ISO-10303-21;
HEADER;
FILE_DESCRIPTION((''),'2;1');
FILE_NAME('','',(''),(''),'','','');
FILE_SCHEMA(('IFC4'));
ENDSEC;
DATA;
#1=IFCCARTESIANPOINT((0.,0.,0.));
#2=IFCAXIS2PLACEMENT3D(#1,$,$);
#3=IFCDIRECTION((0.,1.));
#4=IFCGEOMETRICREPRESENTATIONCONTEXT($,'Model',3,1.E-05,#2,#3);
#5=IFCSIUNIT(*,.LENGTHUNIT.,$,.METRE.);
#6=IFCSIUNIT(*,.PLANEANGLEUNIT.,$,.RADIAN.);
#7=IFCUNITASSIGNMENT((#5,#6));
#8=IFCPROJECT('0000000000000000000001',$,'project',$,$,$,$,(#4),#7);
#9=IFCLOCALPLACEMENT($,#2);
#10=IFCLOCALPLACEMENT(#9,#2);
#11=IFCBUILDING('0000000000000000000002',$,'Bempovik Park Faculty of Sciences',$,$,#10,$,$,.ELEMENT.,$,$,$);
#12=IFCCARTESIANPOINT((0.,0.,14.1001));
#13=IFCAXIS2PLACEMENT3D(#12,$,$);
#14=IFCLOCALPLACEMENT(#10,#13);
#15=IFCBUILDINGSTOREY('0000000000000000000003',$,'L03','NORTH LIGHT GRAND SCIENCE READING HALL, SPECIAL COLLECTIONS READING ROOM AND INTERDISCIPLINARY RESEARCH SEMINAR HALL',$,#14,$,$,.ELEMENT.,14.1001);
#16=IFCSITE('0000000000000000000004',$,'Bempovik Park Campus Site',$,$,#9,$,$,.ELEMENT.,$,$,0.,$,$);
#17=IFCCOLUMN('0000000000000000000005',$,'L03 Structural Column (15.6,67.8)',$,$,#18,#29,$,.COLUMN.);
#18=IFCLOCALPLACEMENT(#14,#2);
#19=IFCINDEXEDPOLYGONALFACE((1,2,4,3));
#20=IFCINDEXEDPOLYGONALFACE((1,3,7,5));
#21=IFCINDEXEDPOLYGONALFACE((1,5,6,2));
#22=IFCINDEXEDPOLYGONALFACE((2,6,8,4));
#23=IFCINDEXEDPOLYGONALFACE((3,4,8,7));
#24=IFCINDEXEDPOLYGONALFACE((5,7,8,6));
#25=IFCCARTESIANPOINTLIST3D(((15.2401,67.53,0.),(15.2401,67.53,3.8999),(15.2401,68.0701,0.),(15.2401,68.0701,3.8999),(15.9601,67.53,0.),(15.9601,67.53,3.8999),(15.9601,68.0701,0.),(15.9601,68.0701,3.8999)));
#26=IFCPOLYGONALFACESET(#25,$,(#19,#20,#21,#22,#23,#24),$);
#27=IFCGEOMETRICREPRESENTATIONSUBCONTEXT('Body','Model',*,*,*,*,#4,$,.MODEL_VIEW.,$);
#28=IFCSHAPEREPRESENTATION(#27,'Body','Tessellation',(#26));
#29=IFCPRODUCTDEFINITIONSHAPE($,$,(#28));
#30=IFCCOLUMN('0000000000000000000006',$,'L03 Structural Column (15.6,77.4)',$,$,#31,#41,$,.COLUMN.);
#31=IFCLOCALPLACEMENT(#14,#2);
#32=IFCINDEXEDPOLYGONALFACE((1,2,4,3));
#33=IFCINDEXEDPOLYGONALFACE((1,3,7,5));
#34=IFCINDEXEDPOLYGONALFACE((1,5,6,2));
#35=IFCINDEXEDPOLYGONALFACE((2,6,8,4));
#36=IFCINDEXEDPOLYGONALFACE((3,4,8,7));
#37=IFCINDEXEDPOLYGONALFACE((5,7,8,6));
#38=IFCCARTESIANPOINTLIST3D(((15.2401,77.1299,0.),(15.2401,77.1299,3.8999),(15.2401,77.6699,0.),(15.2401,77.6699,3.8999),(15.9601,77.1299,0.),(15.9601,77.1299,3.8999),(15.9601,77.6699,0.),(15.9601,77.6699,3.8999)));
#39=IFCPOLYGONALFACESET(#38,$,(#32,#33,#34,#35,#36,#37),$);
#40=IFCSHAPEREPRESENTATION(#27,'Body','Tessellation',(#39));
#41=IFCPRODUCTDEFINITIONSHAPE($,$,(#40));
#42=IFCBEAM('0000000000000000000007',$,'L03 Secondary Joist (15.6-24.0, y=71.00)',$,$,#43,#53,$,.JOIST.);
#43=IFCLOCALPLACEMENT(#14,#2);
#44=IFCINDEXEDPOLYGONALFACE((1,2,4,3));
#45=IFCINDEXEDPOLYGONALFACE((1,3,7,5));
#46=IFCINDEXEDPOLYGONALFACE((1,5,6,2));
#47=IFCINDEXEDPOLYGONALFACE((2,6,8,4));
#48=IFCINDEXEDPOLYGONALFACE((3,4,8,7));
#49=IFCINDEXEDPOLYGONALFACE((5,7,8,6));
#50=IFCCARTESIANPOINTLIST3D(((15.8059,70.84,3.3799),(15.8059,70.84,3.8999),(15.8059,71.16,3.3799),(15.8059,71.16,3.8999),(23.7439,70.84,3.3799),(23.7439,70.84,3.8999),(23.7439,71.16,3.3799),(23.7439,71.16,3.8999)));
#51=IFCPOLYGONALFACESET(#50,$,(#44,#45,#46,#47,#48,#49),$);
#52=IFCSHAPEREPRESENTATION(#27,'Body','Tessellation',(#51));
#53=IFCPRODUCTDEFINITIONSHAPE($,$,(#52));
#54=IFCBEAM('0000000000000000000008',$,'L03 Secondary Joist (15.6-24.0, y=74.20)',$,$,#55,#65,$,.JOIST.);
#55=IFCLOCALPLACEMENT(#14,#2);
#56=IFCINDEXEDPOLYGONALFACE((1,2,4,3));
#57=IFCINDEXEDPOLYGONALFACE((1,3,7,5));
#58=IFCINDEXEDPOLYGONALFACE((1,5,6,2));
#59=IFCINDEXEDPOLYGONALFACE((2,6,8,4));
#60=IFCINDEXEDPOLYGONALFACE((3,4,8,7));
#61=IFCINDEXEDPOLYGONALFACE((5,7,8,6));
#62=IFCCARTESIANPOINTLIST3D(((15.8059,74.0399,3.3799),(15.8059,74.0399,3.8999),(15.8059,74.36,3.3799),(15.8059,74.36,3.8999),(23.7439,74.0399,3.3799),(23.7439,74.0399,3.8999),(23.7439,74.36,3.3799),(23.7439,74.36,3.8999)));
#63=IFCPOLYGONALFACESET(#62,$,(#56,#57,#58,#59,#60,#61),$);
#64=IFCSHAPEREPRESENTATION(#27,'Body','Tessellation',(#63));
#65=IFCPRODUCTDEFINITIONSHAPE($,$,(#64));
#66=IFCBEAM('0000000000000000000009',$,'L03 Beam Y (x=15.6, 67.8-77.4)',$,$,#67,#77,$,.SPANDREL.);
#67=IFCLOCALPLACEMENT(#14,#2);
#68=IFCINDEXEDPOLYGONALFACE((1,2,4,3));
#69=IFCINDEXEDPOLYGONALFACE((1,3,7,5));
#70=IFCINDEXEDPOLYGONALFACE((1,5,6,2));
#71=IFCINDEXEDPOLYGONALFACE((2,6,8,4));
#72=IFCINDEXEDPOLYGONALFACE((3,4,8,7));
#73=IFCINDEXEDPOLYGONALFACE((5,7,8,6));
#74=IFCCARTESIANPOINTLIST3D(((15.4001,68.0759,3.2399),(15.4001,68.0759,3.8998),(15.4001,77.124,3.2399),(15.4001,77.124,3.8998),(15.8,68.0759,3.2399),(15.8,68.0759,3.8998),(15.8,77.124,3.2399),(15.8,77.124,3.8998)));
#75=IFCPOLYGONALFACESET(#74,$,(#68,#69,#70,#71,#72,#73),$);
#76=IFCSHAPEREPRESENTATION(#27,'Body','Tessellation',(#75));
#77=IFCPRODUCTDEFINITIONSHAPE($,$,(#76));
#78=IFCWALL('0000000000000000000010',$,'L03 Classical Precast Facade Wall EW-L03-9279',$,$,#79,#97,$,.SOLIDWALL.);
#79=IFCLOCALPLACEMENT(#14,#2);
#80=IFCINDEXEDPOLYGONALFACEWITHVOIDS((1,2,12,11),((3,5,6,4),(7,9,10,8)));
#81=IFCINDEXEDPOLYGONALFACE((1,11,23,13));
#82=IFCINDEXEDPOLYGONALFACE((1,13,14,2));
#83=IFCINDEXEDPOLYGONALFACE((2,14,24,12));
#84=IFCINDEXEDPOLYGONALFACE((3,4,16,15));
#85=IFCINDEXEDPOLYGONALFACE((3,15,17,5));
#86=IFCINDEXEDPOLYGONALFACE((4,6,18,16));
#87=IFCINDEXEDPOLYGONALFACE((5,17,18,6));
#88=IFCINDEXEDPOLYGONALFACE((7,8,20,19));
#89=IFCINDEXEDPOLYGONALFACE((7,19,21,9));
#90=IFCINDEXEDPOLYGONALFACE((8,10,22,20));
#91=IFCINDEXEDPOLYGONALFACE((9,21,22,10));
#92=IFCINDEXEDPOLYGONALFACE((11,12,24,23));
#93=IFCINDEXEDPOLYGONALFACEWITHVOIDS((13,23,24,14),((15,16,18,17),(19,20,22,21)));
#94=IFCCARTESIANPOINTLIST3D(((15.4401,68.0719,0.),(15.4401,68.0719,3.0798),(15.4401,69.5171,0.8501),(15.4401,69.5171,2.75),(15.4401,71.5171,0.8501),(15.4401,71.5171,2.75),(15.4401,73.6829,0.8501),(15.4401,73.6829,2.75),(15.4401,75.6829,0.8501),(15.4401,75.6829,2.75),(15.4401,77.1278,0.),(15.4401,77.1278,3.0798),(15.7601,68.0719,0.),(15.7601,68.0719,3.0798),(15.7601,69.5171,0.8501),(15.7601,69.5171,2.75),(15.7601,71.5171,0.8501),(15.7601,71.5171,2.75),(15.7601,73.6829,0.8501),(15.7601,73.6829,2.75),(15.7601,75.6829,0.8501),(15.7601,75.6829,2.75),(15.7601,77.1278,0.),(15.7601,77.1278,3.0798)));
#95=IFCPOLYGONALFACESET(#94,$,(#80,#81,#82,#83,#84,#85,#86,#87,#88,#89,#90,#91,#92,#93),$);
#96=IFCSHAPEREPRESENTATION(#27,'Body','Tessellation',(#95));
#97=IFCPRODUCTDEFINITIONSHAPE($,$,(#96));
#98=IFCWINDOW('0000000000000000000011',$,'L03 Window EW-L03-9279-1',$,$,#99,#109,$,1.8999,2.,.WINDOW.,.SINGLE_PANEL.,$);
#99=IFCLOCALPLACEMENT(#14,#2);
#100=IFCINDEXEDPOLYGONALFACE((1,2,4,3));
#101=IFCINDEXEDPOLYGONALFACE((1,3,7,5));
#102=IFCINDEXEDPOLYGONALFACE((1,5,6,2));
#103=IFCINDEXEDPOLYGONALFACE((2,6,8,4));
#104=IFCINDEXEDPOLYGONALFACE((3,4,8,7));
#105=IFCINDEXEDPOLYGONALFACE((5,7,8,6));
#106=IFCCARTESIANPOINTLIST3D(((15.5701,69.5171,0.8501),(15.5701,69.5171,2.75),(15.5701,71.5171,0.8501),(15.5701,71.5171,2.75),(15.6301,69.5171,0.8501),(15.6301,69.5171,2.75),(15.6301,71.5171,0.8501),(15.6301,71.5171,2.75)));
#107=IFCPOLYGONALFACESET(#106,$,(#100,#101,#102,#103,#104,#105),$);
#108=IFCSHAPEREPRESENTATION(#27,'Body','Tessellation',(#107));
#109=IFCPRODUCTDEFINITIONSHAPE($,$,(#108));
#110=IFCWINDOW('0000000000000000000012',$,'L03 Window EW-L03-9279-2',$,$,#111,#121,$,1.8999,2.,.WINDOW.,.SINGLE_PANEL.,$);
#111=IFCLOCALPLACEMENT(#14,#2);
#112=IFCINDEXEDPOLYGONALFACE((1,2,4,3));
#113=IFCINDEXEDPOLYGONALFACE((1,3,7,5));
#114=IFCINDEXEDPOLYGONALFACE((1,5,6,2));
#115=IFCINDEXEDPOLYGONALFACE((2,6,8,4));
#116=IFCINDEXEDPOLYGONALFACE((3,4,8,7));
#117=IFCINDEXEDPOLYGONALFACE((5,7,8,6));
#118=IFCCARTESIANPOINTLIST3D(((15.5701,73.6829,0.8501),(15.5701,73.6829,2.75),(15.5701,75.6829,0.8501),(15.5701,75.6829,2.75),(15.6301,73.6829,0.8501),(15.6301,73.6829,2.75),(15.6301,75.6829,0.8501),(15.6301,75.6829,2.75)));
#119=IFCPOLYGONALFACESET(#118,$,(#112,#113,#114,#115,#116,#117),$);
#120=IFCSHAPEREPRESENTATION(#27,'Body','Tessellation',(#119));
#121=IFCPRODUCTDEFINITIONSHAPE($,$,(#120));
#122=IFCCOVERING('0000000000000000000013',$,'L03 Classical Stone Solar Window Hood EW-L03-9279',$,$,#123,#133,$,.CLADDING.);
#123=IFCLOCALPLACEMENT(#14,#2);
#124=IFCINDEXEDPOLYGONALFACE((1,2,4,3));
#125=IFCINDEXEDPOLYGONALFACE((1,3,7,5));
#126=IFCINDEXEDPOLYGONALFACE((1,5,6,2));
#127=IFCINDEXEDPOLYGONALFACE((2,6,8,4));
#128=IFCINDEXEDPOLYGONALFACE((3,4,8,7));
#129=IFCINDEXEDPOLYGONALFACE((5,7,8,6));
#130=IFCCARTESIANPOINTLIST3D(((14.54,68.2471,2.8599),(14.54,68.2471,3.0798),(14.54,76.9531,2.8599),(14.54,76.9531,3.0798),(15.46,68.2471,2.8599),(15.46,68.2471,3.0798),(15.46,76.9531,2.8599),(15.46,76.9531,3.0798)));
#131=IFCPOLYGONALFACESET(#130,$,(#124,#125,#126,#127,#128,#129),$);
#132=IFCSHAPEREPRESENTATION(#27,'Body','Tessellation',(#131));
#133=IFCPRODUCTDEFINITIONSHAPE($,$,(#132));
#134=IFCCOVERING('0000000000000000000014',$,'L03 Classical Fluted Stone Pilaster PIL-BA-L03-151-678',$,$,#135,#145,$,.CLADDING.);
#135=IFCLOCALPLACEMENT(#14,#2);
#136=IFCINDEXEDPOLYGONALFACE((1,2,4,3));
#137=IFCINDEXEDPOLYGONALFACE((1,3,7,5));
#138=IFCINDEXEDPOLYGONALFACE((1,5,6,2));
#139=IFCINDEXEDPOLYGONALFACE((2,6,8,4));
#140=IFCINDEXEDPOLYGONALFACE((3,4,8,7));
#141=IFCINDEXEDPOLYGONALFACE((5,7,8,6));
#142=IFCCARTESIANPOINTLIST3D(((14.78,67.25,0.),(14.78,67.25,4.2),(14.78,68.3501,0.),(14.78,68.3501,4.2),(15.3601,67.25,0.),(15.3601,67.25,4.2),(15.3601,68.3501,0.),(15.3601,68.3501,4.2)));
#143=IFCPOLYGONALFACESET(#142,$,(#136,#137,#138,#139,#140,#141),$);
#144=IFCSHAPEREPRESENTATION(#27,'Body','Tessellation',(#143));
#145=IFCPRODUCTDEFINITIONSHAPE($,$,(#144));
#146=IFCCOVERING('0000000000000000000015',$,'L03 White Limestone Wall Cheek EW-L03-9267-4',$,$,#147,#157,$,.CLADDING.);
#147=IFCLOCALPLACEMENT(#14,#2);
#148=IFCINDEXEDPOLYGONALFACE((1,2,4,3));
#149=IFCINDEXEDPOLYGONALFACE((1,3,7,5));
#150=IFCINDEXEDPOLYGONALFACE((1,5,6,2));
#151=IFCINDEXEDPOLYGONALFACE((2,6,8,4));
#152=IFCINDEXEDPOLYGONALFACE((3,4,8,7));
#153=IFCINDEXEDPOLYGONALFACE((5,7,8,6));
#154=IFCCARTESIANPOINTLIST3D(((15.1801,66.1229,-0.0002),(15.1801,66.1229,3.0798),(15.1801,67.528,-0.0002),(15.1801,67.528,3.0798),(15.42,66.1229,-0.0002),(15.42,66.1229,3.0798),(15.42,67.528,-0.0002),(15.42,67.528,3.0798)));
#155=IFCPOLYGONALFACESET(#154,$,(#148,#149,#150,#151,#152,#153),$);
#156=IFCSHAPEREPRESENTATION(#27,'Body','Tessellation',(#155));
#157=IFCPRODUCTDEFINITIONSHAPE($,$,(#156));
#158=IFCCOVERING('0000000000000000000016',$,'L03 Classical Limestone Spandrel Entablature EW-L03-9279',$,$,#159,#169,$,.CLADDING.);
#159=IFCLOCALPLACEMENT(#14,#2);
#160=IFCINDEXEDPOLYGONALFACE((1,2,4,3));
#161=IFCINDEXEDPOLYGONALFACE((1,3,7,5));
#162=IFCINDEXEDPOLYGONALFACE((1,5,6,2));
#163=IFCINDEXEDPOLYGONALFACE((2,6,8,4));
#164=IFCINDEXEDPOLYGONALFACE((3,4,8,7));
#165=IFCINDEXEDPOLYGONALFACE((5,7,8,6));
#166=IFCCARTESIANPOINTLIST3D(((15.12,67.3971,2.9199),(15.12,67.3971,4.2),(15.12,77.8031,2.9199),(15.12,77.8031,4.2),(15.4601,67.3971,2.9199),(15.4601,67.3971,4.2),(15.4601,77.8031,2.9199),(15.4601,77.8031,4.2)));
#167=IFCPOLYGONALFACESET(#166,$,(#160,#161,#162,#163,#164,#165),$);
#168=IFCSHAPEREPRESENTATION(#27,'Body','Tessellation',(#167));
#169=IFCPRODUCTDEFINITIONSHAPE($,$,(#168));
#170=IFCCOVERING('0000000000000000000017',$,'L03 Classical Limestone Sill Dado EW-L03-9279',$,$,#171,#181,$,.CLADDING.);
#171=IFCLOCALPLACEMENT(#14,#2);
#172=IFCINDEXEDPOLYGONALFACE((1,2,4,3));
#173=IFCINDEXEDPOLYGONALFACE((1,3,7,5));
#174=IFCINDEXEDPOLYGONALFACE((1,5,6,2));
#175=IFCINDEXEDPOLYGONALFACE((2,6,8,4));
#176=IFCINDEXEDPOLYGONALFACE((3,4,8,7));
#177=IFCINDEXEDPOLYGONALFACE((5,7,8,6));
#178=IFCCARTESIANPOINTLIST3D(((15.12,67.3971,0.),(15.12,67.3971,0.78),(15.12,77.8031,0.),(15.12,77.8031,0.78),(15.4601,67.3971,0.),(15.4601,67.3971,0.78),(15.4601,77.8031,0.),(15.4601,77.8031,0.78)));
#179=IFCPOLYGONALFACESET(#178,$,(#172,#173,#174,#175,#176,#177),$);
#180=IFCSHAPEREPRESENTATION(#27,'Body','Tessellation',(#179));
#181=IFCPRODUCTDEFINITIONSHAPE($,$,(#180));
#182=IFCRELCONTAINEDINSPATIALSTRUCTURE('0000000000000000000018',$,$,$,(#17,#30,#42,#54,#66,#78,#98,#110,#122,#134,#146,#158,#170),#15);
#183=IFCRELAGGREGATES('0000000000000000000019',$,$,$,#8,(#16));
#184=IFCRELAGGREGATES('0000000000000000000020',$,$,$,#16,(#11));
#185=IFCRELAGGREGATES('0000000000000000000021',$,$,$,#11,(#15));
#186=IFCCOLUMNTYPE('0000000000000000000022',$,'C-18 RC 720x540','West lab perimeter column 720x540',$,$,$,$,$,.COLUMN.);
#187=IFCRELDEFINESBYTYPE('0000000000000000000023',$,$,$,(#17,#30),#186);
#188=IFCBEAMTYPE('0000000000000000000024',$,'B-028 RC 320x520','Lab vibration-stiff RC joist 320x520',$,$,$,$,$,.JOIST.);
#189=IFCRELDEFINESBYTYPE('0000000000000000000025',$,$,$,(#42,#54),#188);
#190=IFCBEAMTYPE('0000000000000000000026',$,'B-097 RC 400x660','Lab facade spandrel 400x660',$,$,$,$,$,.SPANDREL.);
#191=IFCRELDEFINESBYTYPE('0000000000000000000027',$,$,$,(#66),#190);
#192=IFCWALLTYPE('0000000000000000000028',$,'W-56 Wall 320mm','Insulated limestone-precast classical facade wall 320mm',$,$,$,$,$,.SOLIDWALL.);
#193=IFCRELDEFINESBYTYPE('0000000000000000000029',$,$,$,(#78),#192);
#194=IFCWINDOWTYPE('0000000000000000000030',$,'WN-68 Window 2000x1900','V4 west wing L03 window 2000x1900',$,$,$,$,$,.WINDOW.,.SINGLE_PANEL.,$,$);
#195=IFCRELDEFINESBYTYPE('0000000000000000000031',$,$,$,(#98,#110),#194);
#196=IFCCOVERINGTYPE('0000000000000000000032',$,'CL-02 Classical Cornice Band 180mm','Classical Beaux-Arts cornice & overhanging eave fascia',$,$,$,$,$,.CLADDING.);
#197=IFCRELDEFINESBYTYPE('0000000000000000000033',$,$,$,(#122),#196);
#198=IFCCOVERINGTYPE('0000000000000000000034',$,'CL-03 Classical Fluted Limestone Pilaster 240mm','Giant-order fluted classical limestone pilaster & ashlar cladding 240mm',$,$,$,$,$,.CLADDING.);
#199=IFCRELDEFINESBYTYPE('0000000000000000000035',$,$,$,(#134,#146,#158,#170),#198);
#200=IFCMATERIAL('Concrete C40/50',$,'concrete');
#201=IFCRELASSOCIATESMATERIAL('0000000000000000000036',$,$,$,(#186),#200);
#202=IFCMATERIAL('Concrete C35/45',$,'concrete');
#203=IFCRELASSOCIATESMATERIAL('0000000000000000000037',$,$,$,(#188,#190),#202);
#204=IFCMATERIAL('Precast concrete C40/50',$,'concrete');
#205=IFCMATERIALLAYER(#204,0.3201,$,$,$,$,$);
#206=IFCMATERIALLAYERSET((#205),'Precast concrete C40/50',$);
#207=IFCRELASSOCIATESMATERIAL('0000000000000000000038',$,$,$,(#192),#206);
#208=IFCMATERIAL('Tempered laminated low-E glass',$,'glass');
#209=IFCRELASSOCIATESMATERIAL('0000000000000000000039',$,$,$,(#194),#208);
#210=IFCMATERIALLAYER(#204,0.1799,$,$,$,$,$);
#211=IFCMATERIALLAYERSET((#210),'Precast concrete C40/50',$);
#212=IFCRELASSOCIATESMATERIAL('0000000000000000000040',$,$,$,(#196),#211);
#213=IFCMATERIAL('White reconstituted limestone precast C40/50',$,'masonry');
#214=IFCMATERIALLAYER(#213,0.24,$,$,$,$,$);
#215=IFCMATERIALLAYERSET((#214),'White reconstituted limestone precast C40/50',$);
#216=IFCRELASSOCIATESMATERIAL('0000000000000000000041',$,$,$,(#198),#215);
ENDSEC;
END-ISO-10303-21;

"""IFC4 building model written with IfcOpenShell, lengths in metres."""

from ifc_helpers import new_model, si_unit, direction, frame, frame_2d, origin, origin_2d, place, context, subcontext, project, spatial, rectangle, extrude, material, layer, layer_set, material_profile, profile_set, type_object, element, fill, save


model = new_model("IFC4")

# Units and contexts
model_context = context("Model", 3, precision=1e-05, world=origin(), true_north=direction((0.0, 1.0)))
body_context = subcontext(model_context, "Body", "Model", "MODEL_VIEW")
ifc_project = project(units=[si_unit("LENGTHUNIT", "METRE"), si_unit("PLANEANGLEUNIT", "RADIAN")], contexts=[model_context])

# Site, building, storey
site_placement = place(None, origin())
site = spatial("IfcSite", under=ifc_project, at=site_placement, Name="Bempovik Park Campus Site", CompositionType="ELEMENT", RefElevation=0.0)
building_placement = place(site_placement, origin())
building = spatial("IfcBuilding", under=site, at=building_placement, Name="Bempovik Park Faculty of Sciences", CompositionType="ELEMENT")
storey_placement = place(building_placement, frame((0.0, 0.0, 14.1001)))
storey = spatial("IfcBuildingStorey", under=building, at=storey_placement, Name="L03", Description="NORTH LIGHT GRAND SCIENCE READING HALL, SPECIAL COLLECTIONS READING ROOM AND INTERDISCIPLINARY RESEARCH SEMINAR HALL", CompositionType="ELEMENT", Elevation=14.1001)

# Columns
ifc_material_1 = material(Name="Concrete C40/50", Category="concrete")
ifc_material_profile_1 = material_profile(ifc_material_1, rectangle(XDim=0.72, YDim=0.54, at=origin_2d()), Name="RC 720x540")
ifc_profile_set_1 = profile_set([ifc_material_profile_1], Name="Concrete C40/50")
column_type = type_object("IfcColumnType", Name="C-18 RC 720x540", Description="West lab perimeter column 720x540", PredefinedType="COLUMN", material=ifc_profile_set_1)
for number, where, z_axis, x_axis, name in (
    (1, (15.6001, 67.8, 0.0), (0.0, 0.0, 1.0), (1.0, 0.0, 0.0), "L03 Structural Column (15.6,67.8)"),
    (2, (15.6001, 77.3999, 0.0), (0.0, 0.0, 1.0), (1.0, 0.0, 0.0), "L03 Structural Column (15.6,77.4)"),
):
    element("IfcColumn", number, at=place(storey_placement, frame(where, z_axis=z_axis, x_axis=x_axis)), inside=storey, type_object=column_type, Name=name, PredefinedType="COLUMN", context=body_context, shape_type="SweptSolid", body=[
        extrude(rectangle(XDim=0.72, YDim=0.54, at=origin_2d()), origin(), (0.0, 0.0, 1.0), 3.8999),
    ])

# Beams
ifc_material_2 = material(Name="Concrete C35/45", Category="concrete")
ifc_material_profile_2 = material_profile(ifc_material_2, rectangle(XDim=0.3201, YDim=0.52, at=origin_2d()), Name="RC 320x520")
ifc_profile_set_2 = profile_set([ifc_material_profile_2], Name="Concrete C35/45")
beam_type_1 = type_object("IfcBeamType", Name="B-028 RC 320x520", Description="Lab vibration-stiff RC joist 320x520", PredefinedType="JOIST", material=ifc_profile_set_2)
for number, where, z_axis, x_axis, name in (
    (3, (15.8059, 71.0, 3.6399), (1.0, 0.0, 0.0), (0.0, 1.0, 0.0), "L03 Secondary Joist (15.6-24.0, y=71.00)"),
    (4, (15.8059, 74.2, 3.6399), (1.0, 0.0, 0.0), (0.0, 1.0, 0.0), "L03 Secondary Joist (15.6-24.0, y=74.20)"),
):
    element("IfcBeam", number, at=place(storey_placement, frame(where, z_axis=z_axis, x_axis=x_axis)), inside=storey, type_object=beam_type_1, Name=name, PredefinedType="JOIST", context=body_context, shape_type="SweptSolid", body=[
        extrude(rectangle(XDim=0.3201, YDim=0.52, at=origin_2d()), origin(), (0.0, 0.0, 1.0), 7.938),
    ])
ifc_material_profile_3 = material_profile(ifc_material_2, rectangle(XDim=0.3999, YDim=0.6599, at=origin_2d()), Name="RC 400x660")
ifc_profile_set_3 = profile_set([ifc_material_profile_3], Name="Concrete C35/45")
beam_type_2 = type_object("IfcBeamType", Name="B-097 RC 400x660", Description="Lab facade spandrel 400x660", PredefinedType="SPANDREL", material=ifc_profile_set_3)
beam_placement = place(storey_placement, frame((15.6001, 68.0759, 3.5698), z_axis=(0.0, 1.0, 0.0), x_axis=(-1.0, 0.0, 0.0)))
element("IfcBeam", 5, at=beam_placement, inside=storey, type_object=beam_type_2, Name="L03 Beam Y (x=15.6, 67.8-77.4)", PredefinedType="SPANDREL", context=body_context, shape_type="SweptSolid", body=[
    extrude(rectangle(XDim=0.3999, YDim=0.6599, at=origin_2d()), origin(), (0.0, 0.0, 1.0), 9.0481),
])

# Wall, openings, windows
ifc_material_3 = material(Name="Precast concrete C40/50", Category="concrete")
ifc_layer_1 = layer(ifc_material_3, 0.3201)
ifc_layer_set_1 = layer_set([ifc_layer_1], Name="Precast concrete C40/50")
wall_type = type_object("IfcWallType", Name="W-56 Wall 320mm", Description="Insulated limestone-precast classical facade wall 320mm", PredefinedType="SOLIDWALL", material=ifc_layer_set_1)
wall_placement = place(storey_placement, frame((15.6001, 68.072, 0.0), z_axis=(0.0, 0.0, 1.0), x_axis=(0.0, 1.0, 0.0)))
wall = element("IfcWall", 6, at=wall_placement, inside=storey, type_object=wall_type, Name="L03 Classical Precast Facade Wall EW-L03-9279", PredefinedType="SOLIDWALL", context=body_context, shape_type="SweptSolid", body=[
    extrude(rectangle(XDim=9.0559, YDim=0.3201, at=frame_2d((4.5278, 0.0))), origin(), (0.0, 0.0, 1.0), 3.0798),
])
opening_1_placement = place(wall_placement, frame((1.4451, 0.0, 0.8501)))
opening_1 = element("IfcOpeningElement", 7, at=opening_1_placement, cuts=wall, PredefinedType="OPENING", context=body_context, shape_type="SweptSolid", body=[
    extrude(rectangle(XDim=2.0, YDim=1.8999, at=frame_2d((1.0, 0.95))), frame((0.0, 0.1699, 0.0), z_axis=(0.0, -1.0, 0.0), x_axis=(1.0, 0.0, 0.0)), (0.0, 0.0, 1.0), 0.3401),
])
opening_2_placement = place(wall_placement, frame((5.6108, 0.0, 0.8501)))
opening_2 = element("IfcOpeningElement", 8, at=opening_2_placement, cuts=wall, PredefinedType="OPENING", context=body_context, shape_type="SweptSolid", body=[
    extrude(rectangle(XDim=2.0, YDim=1.8999, at=frame_2d((1.0, 0.95))), frame((0.0, 0.1699, 0.0), z_axis=(0.0, -1.0, 0.0), x_axis=(1.0, 0.0, 0.0)), (0.0, 0.0, 1.0), 0.3401),
])
ifc_material_4 = material(Name="Tempered laminated low-E glass", Category="glass")
window_type = type_object("IfcWindowType", Name="WN-68 Window 2000x1900", Description="V4 west wing L03 window 2000x1900", PartitioningType="SINGLE_PANEL", PredefinedType="WINDOW", material=ifc_material_4)
window_1_placement = place(opening_1_placement, origin())
window_1 = element("IfcWindow", 9, at=window_1_placement, inside=storey, type_object=window_type, Name="L03 Window EW-L03-9279-1", OverallHeight=1.8999, OverallWidth=2.0, PartitioningType="SINGLE_PANEL", PredefinedType="WINDOW", context=body_context, shape_type="SweptSolid", body=[
    extrude(rectangle(XDim=2.0, YDim=1.8999, at=frame_2d((1.0, 0.95))), frame((0.0, 0.03, 0.0), z_axis=(0.0, -1.0, 0.0), x_axis=(1.0, 0.0, 0.0)), (0.0, 0.0, 1.0), 0.0601),
])
fill(opening_1, window_1)
window_2_placement = place(opening_2_placement, origin())
window_2 = element("IfcWindow", 10, at=window_2_placement, inside=storey, type_object=window_type, Name="L03 Window EW-L03-9279-2", OverallHeight=1.8999, OverallWidth=2.0, PartitioningType="SINGLE_PANEL", PredefinedType="WINDOW", context=body_context, shape_type="SweptSolid", body=[
    extrude(rectangle(XDim=2.0, YDim=1.8999, at=frame_2d((1.0, 0.95))), frame((0.0, 0.03, 0.0), z_axis=(0.0, -1.0, 0.0), x_axis=(1.0, 0.0, 0.0)), (0.0, 0.0, 1.0), 0.0601),
])
fill(opening_2, window_2)

# Coverings
ifc_layer_2 = layer(ifc_material_3, 0.1799)
ifc_layer_set_2 = layer_set([ifc_layer_2], Name="Precast concrete C40/50")
covering_type_1 = type_object("IfcCoveringType", Name="CL-02 Classical Cornice Band 180mm", Description="Classical Beaux-Arts cornice & overhanging eave fascia", PredefinedType="CLADDING", material=ifc_layer_set_2)
covering_1_placement = place(storey_placement, frame((15.0, 72.6001, 2.8599), z_axis=(0.0, 0.0, 1.0), x_axis=(1.0, 0.0, 0.0)))
element("IfcCovering", 11, at=covering_1_placement, inside=storey, type_object=covering_type_1, Name="L03 Classical Stone Solar Window Hood EW-L03-9279", PredefinedType="CLADDING", context=body_context, shape_type="SweptSolid", body=[
    extrude(rectangle(XDim=0.9199, YDim=8.7061, at=origin_2d()), origin(), (0.0, 0.0, 1.0), 0.22),
])
ifc_material_5 = material(Name="White reconstituted limestone precast C40/50", Category="masonry")
ifc_layer_3 = layer(ifc_material_5, 0.24)
ifc_layer_set_3 = layer_set([ifc_layer_3], Name="White reconstituted limestone precast C40/50")
covering_type_2 = type_object("IfcCoveringType", Name="CL-03 Classical Fluted Limestone Pilaster 240mm", Description="Giant-order fluted classical limestone pilaster & ashlar cladding 240mm", PredefinedType="CLADDING", material=ifc_layer_set_3)
covering_2_placement = place(storey_placement, frame((15.0701, 67.8, 0.0), z_axis=(0.0, 0.0, 1.0), x_axis=(1.0, 0.0, 0.0)))
element("IfcCovering", 12, at=covering_2_placement, inside=storey, type_object=covering_type_2, Name="L03 Classical Fluted Stone Pilaster PIL-BA-L03-151-678", PredefinedType="CLADDING", context=body_context, shape_type="SweptSolid", body=[
    extrude(rectangle(XDim=0.5801, YDim=1.1001, at=origin_2d()), origin(), (0.0, 0.0, 1.0), 4.2),
])
covering_3_placement = place(storey_placement, frame((15.3, 66.8254, -0.0002), z_axis=(0.0, 0.0, 1.0), x_axis=(1.0, 0.0, 0.0)))
element("IfcCovering", 13, at=covering_3_placement, inside=storey, type_object=covering_type_2, Name="L03 White Limestone Wall Cheek EW-L03-9267-4", PredefinedType="CLADDING", context=body_context, shape_type="SweptSolid", body=[
    extrude(rectangle(XDim=0.24, YDim=1.405, at=origin_2d()), origin(), (0.0, 0.0, 1.0), 3.0801),
])
covering_4_placement = place(storey_placement, frame((15.29, 72.6001, 2.9199), z_axis=(0.0, 0.0, 1.0), x_axis=(1.0, 0.0, 0.0)))
element("IfcCovering", 14, at=covering_4_placement, inside=storey, type_object=covering_type_2, Name="L03 Classical Limestone Spandrel Entablature EW-L03-9279", PredefinedType="CLADDING", context=body_context, shape_type="SweptSolid", body=[
    extrude(rectangle(XDim=0.3401, YDim=10.406, at=origin_2d()), origin(), (0.0, 0.0, 1.0), 1.28),
])
covering_5_placement = place(storey_placement, frame((15.29, 72.6001, 0.0), z_axis=(0.0, 0.0, 1.0), x_axis=(1.0, 0.0, 0.0)))
element("IfcCovering", 15, at=covering_5_placement, inside=storey, type_object=covering_type_2, Name="L03 Classical Limestone Sill Dado EW-L03-9279", PredefinedType="CLADDING", context=body_context, shape_type="SweptSolid", body=[
    extrude(rectangle(XDim=0.3401, YDim=10.406, at=origin_2d()), origin(), (0.0, 0.0, 1.0), 0.78),
])

save(model, "model.ifc")
